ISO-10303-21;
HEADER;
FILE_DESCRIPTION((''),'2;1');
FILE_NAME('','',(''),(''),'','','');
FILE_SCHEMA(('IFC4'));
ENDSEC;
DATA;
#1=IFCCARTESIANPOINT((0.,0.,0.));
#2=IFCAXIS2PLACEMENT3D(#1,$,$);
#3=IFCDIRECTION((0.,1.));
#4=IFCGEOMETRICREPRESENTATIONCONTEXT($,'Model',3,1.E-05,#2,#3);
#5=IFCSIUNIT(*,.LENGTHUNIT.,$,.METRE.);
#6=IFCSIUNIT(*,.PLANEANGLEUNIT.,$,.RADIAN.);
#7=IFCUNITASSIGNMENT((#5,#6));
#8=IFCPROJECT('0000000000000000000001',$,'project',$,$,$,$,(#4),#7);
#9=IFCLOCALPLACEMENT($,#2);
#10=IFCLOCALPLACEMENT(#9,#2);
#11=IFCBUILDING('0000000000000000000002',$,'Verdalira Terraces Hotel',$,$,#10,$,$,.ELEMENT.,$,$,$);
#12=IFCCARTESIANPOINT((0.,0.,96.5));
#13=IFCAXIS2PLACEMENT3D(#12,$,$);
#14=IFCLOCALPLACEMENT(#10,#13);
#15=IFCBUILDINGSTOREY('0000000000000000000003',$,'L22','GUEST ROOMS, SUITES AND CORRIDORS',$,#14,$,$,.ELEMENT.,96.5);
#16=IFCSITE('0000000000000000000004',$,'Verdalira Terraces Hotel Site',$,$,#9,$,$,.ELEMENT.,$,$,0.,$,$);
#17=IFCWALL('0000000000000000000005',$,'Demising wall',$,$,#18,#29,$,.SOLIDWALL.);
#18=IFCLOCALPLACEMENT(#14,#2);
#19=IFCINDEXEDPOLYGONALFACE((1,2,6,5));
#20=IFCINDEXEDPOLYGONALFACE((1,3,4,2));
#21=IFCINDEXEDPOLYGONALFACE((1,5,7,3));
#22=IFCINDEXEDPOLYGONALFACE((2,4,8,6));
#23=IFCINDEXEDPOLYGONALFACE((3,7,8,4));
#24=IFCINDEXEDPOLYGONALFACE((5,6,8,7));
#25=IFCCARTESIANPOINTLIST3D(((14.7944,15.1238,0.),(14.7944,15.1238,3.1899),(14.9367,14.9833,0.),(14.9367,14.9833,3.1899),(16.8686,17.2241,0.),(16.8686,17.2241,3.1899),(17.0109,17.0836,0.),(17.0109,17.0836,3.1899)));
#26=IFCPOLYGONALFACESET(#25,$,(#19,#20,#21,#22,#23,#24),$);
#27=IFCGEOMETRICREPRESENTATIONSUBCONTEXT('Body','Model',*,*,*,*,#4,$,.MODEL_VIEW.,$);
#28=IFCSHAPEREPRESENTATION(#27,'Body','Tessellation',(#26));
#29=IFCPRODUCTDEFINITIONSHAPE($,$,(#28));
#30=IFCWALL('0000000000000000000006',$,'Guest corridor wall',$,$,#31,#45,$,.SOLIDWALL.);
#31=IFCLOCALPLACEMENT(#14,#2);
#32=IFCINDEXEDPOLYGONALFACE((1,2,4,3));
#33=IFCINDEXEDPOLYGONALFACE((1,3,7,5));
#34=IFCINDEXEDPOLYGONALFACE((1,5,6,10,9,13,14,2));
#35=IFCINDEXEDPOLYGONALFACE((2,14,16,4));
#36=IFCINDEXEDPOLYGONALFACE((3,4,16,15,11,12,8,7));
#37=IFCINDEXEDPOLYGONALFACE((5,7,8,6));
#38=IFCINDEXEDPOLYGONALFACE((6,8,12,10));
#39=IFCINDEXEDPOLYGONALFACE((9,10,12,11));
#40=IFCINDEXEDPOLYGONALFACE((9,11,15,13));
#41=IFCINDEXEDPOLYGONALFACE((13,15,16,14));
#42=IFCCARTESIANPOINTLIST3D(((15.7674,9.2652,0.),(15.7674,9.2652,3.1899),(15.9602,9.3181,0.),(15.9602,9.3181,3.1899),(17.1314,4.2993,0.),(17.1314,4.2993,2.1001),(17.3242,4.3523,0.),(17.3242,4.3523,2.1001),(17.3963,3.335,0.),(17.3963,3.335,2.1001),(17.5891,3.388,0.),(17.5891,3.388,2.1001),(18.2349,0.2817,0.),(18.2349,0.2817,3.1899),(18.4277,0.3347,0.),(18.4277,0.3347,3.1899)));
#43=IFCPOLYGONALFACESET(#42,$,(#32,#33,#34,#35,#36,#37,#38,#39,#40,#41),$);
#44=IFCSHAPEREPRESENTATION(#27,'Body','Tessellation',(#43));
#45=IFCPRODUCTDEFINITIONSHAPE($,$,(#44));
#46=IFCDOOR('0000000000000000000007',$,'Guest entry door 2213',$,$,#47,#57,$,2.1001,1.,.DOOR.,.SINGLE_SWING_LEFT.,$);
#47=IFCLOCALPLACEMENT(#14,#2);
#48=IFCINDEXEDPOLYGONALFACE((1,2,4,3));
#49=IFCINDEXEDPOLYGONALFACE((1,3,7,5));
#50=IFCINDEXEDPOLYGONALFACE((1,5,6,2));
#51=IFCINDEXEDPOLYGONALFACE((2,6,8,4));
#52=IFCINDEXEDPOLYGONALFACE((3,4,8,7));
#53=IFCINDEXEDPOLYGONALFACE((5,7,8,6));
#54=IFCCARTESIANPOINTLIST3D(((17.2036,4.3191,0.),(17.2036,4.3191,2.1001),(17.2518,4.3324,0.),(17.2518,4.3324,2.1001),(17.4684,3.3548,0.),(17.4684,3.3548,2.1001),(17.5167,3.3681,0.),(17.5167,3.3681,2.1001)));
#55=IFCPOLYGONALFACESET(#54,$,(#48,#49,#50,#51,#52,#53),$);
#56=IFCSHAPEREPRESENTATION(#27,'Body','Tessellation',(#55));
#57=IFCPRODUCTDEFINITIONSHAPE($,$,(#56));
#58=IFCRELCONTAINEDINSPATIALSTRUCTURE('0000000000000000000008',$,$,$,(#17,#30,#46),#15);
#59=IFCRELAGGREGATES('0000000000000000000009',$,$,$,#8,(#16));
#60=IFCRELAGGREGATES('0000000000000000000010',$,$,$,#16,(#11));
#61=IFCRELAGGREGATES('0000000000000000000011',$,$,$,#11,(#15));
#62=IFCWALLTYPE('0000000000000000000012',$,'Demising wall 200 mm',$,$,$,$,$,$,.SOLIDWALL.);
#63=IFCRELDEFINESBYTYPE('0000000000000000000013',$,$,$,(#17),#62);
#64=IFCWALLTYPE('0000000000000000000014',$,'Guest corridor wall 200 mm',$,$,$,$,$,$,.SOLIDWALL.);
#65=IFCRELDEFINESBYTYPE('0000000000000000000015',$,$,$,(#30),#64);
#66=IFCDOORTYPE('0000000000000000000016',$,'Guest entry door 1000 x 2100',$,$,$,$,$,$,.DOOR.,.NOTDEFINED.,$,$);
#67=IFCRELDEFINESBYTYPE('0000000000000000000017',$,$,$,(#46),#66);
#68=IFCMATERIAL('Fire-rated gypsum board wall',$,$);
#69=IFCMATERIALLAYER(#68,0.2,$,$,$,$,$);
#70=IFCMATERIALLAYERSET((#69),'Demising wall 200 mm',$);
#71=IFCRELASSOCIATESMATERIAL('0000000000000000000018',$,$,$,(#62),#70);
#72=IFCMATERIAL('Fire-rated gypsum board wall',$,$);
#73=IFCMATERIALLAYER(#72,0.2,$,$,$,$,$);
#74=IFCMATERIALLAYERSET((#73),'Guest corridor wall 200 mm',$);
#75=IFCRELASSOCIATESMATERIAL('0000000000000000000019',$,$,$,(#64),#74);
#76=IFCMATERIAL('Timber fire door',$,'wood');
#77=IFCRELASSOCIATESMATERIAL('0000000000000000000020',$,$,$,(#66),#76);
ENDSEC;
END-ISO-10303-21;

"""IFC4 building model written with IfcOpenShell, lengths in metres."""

from ifc_helpers import new_model, si_unit, direction, frame, frame_2d, origin, place, context, subcontext, project, spatial, rectangle, extrude, material, layer, layer_set, type_object, element, fill, save


model = new_model("IFC4")

# Units and contexts
model_context = context("Model", 3, precision=1e-05, world=origin(), true_north=direction((0.0, 1.0)))
body_context = subcontext(model_context, "Body", "Model", "MODEL_VIEW")
ifc_project = project(units=[si_unit("LENGTHUNIT", "METRE"), si_unit("PLANEANGLEUNIT", "RADIAN")], contexts=[model_context])

# Site, building, storey
site_placement = place(None, origin())
site = spatial("IfcSite", under=ifc_project, at=site_placement, Name="Verdalira Terraces Hotel Site", CompositionType="ELEMENT", RefElevation=0.0)
building_placement = place(site_placement, origin())
building = spatial("IfcBuilding", under=site, at=building_placement, Name="Verdalira Terraces Hotel", CompositionType="ELEMENT")
storey_placement = place(building_placement, frame((0.0, 0.0, 96.5)))
storey = spatial("IfcBuildingStorey", under=building, at=storey_placement, Name="L22", Description="GUEST ROOMS, SUITES AND CORRIDORS", CompositionType="ELEMENT", Elevation=96.5)

# Wall
ifc_material_1 = material(Name="Fire-rated gypsum board wall")
ifc_layer_1 = layer(ifc_material_1, 0.2)
ifc_layer_set_1 = layer_set([ifc_layer_1], Name="Demising wall 200 mm")
wall_type_1 = type_object("IfcWallType", Name="Demising wall 200 mm", PredefinedType="SOLIDWALL", material=ifc_layer_set_1)
wall_1_placement = place(storey_placement, frame((14.8655, 15.0535, 0.0), z_axis=(0.0, 0.0, 1.0), x_axis=(0.702668, 0.711518, 0.0)))
element("IfcWall", 1, at=wall_1_placement, inside=storey, type_object=wall_type_1, Name="Demising wall", PredefinedType="SOLIDWALL", context=body_context, shape_type="SweptSolid", body=[
    extrude(rectangle(XDim=2.9519, YDim=0.2, at=frame_2d((1.4761, 0.0))), origin(), (0.0, 0.0, 1.0), 3.1899),
])

# Wall, opening, door
ifc_material_2 = material(Name="Fire-rated gypsum board wall")
ifc_layer_2 = layer(ifc_material_2, 0.2)
ifc_layer_set_2 = layer_set([ifc_layer_2], Name="Guest corridor wall 200 mm")
wall_type_2 = type_object("IfcWallType", Name="Guest corridor wall 200 mm", PredefinedType="SOLIDWALL", material=ifc_layer_set_2)
wall_2_placement = place(storey_placement, frame((15.8638, 9.2917, 0.0), z_axis=(0.0, 0.0, 1.0), x_axis=(0.264867, -0.964285, 0.0)))
wall_2 = element("IfcWall", 2, at=wall_2_placement, inside=storey, type_object=wall_type_2, Name="Guest corridor wall", PredefinedType="SOLIDWALL", context=body_context, shape_type="SweptSolid", body=[
    extrude(rectangle(XDim=9.3162, YDim=0.2, at=frame_2d((4.6582, 0.0))), origin(), (0.0, 0.0, 1.0), 3.1899),
])
opening_1_placement = place(wall_2_placement, frame((5.1499, 0.0, 0.0)))
opening_1 = element("IfcOpeningElement", 3, at=opening_1_placement, cuts=wall_2, PredefinedType="OPENING", context=body_context, shape_type="SweptSolid", body=[
    extrude(rectangle(XDim=1.0, YDim=2.1001, at=frame_2d((0.5, 1.05))), frame((0.0, 0.1099, 0.0), z_axis=(0.0, -1.0, 0.0), x_axis=(1.0, 0.0, 0.0)), (0.0, 0.0, 1.0), 0.22),
])
ifc_material_3 = material(Name="Timber fire door", Category="wood")
door_type_1 = type_object("IfcDoorType", Name="Guest entry door 1000 x 2100", OperationType="NOTDEFINED", PredefinedType="DOOR", material=ifc_material_3)
door_1_placement = place(opening_1_placement, origin())
door_1 = element("IfcDoor", 4, at=door_1_placement, inside=storey, type_object=door_type_1, Name="Guest entry door 2213", OperationType="SINGLE_SWING_LEFT", OverallHeight=2.1001, OverallWidth=1.0, PredefinedType="DOOR", context=body_context, shape_type="SweptSolid", body=[
    extrude(rectangle(XDim=1.0, YDim=2.1001, at=frame_2d((0.5, 1.05))), frame((0.0, 0.0249, 0.0), z_axis=(0.0, -1.0, 0.0), x_axis=(1.0, 0.0, 0.0)), (0.0, 0.0, 1.0), 0.05),
])
fill(opening_1, door_1)

save(model, "model.ifc")
